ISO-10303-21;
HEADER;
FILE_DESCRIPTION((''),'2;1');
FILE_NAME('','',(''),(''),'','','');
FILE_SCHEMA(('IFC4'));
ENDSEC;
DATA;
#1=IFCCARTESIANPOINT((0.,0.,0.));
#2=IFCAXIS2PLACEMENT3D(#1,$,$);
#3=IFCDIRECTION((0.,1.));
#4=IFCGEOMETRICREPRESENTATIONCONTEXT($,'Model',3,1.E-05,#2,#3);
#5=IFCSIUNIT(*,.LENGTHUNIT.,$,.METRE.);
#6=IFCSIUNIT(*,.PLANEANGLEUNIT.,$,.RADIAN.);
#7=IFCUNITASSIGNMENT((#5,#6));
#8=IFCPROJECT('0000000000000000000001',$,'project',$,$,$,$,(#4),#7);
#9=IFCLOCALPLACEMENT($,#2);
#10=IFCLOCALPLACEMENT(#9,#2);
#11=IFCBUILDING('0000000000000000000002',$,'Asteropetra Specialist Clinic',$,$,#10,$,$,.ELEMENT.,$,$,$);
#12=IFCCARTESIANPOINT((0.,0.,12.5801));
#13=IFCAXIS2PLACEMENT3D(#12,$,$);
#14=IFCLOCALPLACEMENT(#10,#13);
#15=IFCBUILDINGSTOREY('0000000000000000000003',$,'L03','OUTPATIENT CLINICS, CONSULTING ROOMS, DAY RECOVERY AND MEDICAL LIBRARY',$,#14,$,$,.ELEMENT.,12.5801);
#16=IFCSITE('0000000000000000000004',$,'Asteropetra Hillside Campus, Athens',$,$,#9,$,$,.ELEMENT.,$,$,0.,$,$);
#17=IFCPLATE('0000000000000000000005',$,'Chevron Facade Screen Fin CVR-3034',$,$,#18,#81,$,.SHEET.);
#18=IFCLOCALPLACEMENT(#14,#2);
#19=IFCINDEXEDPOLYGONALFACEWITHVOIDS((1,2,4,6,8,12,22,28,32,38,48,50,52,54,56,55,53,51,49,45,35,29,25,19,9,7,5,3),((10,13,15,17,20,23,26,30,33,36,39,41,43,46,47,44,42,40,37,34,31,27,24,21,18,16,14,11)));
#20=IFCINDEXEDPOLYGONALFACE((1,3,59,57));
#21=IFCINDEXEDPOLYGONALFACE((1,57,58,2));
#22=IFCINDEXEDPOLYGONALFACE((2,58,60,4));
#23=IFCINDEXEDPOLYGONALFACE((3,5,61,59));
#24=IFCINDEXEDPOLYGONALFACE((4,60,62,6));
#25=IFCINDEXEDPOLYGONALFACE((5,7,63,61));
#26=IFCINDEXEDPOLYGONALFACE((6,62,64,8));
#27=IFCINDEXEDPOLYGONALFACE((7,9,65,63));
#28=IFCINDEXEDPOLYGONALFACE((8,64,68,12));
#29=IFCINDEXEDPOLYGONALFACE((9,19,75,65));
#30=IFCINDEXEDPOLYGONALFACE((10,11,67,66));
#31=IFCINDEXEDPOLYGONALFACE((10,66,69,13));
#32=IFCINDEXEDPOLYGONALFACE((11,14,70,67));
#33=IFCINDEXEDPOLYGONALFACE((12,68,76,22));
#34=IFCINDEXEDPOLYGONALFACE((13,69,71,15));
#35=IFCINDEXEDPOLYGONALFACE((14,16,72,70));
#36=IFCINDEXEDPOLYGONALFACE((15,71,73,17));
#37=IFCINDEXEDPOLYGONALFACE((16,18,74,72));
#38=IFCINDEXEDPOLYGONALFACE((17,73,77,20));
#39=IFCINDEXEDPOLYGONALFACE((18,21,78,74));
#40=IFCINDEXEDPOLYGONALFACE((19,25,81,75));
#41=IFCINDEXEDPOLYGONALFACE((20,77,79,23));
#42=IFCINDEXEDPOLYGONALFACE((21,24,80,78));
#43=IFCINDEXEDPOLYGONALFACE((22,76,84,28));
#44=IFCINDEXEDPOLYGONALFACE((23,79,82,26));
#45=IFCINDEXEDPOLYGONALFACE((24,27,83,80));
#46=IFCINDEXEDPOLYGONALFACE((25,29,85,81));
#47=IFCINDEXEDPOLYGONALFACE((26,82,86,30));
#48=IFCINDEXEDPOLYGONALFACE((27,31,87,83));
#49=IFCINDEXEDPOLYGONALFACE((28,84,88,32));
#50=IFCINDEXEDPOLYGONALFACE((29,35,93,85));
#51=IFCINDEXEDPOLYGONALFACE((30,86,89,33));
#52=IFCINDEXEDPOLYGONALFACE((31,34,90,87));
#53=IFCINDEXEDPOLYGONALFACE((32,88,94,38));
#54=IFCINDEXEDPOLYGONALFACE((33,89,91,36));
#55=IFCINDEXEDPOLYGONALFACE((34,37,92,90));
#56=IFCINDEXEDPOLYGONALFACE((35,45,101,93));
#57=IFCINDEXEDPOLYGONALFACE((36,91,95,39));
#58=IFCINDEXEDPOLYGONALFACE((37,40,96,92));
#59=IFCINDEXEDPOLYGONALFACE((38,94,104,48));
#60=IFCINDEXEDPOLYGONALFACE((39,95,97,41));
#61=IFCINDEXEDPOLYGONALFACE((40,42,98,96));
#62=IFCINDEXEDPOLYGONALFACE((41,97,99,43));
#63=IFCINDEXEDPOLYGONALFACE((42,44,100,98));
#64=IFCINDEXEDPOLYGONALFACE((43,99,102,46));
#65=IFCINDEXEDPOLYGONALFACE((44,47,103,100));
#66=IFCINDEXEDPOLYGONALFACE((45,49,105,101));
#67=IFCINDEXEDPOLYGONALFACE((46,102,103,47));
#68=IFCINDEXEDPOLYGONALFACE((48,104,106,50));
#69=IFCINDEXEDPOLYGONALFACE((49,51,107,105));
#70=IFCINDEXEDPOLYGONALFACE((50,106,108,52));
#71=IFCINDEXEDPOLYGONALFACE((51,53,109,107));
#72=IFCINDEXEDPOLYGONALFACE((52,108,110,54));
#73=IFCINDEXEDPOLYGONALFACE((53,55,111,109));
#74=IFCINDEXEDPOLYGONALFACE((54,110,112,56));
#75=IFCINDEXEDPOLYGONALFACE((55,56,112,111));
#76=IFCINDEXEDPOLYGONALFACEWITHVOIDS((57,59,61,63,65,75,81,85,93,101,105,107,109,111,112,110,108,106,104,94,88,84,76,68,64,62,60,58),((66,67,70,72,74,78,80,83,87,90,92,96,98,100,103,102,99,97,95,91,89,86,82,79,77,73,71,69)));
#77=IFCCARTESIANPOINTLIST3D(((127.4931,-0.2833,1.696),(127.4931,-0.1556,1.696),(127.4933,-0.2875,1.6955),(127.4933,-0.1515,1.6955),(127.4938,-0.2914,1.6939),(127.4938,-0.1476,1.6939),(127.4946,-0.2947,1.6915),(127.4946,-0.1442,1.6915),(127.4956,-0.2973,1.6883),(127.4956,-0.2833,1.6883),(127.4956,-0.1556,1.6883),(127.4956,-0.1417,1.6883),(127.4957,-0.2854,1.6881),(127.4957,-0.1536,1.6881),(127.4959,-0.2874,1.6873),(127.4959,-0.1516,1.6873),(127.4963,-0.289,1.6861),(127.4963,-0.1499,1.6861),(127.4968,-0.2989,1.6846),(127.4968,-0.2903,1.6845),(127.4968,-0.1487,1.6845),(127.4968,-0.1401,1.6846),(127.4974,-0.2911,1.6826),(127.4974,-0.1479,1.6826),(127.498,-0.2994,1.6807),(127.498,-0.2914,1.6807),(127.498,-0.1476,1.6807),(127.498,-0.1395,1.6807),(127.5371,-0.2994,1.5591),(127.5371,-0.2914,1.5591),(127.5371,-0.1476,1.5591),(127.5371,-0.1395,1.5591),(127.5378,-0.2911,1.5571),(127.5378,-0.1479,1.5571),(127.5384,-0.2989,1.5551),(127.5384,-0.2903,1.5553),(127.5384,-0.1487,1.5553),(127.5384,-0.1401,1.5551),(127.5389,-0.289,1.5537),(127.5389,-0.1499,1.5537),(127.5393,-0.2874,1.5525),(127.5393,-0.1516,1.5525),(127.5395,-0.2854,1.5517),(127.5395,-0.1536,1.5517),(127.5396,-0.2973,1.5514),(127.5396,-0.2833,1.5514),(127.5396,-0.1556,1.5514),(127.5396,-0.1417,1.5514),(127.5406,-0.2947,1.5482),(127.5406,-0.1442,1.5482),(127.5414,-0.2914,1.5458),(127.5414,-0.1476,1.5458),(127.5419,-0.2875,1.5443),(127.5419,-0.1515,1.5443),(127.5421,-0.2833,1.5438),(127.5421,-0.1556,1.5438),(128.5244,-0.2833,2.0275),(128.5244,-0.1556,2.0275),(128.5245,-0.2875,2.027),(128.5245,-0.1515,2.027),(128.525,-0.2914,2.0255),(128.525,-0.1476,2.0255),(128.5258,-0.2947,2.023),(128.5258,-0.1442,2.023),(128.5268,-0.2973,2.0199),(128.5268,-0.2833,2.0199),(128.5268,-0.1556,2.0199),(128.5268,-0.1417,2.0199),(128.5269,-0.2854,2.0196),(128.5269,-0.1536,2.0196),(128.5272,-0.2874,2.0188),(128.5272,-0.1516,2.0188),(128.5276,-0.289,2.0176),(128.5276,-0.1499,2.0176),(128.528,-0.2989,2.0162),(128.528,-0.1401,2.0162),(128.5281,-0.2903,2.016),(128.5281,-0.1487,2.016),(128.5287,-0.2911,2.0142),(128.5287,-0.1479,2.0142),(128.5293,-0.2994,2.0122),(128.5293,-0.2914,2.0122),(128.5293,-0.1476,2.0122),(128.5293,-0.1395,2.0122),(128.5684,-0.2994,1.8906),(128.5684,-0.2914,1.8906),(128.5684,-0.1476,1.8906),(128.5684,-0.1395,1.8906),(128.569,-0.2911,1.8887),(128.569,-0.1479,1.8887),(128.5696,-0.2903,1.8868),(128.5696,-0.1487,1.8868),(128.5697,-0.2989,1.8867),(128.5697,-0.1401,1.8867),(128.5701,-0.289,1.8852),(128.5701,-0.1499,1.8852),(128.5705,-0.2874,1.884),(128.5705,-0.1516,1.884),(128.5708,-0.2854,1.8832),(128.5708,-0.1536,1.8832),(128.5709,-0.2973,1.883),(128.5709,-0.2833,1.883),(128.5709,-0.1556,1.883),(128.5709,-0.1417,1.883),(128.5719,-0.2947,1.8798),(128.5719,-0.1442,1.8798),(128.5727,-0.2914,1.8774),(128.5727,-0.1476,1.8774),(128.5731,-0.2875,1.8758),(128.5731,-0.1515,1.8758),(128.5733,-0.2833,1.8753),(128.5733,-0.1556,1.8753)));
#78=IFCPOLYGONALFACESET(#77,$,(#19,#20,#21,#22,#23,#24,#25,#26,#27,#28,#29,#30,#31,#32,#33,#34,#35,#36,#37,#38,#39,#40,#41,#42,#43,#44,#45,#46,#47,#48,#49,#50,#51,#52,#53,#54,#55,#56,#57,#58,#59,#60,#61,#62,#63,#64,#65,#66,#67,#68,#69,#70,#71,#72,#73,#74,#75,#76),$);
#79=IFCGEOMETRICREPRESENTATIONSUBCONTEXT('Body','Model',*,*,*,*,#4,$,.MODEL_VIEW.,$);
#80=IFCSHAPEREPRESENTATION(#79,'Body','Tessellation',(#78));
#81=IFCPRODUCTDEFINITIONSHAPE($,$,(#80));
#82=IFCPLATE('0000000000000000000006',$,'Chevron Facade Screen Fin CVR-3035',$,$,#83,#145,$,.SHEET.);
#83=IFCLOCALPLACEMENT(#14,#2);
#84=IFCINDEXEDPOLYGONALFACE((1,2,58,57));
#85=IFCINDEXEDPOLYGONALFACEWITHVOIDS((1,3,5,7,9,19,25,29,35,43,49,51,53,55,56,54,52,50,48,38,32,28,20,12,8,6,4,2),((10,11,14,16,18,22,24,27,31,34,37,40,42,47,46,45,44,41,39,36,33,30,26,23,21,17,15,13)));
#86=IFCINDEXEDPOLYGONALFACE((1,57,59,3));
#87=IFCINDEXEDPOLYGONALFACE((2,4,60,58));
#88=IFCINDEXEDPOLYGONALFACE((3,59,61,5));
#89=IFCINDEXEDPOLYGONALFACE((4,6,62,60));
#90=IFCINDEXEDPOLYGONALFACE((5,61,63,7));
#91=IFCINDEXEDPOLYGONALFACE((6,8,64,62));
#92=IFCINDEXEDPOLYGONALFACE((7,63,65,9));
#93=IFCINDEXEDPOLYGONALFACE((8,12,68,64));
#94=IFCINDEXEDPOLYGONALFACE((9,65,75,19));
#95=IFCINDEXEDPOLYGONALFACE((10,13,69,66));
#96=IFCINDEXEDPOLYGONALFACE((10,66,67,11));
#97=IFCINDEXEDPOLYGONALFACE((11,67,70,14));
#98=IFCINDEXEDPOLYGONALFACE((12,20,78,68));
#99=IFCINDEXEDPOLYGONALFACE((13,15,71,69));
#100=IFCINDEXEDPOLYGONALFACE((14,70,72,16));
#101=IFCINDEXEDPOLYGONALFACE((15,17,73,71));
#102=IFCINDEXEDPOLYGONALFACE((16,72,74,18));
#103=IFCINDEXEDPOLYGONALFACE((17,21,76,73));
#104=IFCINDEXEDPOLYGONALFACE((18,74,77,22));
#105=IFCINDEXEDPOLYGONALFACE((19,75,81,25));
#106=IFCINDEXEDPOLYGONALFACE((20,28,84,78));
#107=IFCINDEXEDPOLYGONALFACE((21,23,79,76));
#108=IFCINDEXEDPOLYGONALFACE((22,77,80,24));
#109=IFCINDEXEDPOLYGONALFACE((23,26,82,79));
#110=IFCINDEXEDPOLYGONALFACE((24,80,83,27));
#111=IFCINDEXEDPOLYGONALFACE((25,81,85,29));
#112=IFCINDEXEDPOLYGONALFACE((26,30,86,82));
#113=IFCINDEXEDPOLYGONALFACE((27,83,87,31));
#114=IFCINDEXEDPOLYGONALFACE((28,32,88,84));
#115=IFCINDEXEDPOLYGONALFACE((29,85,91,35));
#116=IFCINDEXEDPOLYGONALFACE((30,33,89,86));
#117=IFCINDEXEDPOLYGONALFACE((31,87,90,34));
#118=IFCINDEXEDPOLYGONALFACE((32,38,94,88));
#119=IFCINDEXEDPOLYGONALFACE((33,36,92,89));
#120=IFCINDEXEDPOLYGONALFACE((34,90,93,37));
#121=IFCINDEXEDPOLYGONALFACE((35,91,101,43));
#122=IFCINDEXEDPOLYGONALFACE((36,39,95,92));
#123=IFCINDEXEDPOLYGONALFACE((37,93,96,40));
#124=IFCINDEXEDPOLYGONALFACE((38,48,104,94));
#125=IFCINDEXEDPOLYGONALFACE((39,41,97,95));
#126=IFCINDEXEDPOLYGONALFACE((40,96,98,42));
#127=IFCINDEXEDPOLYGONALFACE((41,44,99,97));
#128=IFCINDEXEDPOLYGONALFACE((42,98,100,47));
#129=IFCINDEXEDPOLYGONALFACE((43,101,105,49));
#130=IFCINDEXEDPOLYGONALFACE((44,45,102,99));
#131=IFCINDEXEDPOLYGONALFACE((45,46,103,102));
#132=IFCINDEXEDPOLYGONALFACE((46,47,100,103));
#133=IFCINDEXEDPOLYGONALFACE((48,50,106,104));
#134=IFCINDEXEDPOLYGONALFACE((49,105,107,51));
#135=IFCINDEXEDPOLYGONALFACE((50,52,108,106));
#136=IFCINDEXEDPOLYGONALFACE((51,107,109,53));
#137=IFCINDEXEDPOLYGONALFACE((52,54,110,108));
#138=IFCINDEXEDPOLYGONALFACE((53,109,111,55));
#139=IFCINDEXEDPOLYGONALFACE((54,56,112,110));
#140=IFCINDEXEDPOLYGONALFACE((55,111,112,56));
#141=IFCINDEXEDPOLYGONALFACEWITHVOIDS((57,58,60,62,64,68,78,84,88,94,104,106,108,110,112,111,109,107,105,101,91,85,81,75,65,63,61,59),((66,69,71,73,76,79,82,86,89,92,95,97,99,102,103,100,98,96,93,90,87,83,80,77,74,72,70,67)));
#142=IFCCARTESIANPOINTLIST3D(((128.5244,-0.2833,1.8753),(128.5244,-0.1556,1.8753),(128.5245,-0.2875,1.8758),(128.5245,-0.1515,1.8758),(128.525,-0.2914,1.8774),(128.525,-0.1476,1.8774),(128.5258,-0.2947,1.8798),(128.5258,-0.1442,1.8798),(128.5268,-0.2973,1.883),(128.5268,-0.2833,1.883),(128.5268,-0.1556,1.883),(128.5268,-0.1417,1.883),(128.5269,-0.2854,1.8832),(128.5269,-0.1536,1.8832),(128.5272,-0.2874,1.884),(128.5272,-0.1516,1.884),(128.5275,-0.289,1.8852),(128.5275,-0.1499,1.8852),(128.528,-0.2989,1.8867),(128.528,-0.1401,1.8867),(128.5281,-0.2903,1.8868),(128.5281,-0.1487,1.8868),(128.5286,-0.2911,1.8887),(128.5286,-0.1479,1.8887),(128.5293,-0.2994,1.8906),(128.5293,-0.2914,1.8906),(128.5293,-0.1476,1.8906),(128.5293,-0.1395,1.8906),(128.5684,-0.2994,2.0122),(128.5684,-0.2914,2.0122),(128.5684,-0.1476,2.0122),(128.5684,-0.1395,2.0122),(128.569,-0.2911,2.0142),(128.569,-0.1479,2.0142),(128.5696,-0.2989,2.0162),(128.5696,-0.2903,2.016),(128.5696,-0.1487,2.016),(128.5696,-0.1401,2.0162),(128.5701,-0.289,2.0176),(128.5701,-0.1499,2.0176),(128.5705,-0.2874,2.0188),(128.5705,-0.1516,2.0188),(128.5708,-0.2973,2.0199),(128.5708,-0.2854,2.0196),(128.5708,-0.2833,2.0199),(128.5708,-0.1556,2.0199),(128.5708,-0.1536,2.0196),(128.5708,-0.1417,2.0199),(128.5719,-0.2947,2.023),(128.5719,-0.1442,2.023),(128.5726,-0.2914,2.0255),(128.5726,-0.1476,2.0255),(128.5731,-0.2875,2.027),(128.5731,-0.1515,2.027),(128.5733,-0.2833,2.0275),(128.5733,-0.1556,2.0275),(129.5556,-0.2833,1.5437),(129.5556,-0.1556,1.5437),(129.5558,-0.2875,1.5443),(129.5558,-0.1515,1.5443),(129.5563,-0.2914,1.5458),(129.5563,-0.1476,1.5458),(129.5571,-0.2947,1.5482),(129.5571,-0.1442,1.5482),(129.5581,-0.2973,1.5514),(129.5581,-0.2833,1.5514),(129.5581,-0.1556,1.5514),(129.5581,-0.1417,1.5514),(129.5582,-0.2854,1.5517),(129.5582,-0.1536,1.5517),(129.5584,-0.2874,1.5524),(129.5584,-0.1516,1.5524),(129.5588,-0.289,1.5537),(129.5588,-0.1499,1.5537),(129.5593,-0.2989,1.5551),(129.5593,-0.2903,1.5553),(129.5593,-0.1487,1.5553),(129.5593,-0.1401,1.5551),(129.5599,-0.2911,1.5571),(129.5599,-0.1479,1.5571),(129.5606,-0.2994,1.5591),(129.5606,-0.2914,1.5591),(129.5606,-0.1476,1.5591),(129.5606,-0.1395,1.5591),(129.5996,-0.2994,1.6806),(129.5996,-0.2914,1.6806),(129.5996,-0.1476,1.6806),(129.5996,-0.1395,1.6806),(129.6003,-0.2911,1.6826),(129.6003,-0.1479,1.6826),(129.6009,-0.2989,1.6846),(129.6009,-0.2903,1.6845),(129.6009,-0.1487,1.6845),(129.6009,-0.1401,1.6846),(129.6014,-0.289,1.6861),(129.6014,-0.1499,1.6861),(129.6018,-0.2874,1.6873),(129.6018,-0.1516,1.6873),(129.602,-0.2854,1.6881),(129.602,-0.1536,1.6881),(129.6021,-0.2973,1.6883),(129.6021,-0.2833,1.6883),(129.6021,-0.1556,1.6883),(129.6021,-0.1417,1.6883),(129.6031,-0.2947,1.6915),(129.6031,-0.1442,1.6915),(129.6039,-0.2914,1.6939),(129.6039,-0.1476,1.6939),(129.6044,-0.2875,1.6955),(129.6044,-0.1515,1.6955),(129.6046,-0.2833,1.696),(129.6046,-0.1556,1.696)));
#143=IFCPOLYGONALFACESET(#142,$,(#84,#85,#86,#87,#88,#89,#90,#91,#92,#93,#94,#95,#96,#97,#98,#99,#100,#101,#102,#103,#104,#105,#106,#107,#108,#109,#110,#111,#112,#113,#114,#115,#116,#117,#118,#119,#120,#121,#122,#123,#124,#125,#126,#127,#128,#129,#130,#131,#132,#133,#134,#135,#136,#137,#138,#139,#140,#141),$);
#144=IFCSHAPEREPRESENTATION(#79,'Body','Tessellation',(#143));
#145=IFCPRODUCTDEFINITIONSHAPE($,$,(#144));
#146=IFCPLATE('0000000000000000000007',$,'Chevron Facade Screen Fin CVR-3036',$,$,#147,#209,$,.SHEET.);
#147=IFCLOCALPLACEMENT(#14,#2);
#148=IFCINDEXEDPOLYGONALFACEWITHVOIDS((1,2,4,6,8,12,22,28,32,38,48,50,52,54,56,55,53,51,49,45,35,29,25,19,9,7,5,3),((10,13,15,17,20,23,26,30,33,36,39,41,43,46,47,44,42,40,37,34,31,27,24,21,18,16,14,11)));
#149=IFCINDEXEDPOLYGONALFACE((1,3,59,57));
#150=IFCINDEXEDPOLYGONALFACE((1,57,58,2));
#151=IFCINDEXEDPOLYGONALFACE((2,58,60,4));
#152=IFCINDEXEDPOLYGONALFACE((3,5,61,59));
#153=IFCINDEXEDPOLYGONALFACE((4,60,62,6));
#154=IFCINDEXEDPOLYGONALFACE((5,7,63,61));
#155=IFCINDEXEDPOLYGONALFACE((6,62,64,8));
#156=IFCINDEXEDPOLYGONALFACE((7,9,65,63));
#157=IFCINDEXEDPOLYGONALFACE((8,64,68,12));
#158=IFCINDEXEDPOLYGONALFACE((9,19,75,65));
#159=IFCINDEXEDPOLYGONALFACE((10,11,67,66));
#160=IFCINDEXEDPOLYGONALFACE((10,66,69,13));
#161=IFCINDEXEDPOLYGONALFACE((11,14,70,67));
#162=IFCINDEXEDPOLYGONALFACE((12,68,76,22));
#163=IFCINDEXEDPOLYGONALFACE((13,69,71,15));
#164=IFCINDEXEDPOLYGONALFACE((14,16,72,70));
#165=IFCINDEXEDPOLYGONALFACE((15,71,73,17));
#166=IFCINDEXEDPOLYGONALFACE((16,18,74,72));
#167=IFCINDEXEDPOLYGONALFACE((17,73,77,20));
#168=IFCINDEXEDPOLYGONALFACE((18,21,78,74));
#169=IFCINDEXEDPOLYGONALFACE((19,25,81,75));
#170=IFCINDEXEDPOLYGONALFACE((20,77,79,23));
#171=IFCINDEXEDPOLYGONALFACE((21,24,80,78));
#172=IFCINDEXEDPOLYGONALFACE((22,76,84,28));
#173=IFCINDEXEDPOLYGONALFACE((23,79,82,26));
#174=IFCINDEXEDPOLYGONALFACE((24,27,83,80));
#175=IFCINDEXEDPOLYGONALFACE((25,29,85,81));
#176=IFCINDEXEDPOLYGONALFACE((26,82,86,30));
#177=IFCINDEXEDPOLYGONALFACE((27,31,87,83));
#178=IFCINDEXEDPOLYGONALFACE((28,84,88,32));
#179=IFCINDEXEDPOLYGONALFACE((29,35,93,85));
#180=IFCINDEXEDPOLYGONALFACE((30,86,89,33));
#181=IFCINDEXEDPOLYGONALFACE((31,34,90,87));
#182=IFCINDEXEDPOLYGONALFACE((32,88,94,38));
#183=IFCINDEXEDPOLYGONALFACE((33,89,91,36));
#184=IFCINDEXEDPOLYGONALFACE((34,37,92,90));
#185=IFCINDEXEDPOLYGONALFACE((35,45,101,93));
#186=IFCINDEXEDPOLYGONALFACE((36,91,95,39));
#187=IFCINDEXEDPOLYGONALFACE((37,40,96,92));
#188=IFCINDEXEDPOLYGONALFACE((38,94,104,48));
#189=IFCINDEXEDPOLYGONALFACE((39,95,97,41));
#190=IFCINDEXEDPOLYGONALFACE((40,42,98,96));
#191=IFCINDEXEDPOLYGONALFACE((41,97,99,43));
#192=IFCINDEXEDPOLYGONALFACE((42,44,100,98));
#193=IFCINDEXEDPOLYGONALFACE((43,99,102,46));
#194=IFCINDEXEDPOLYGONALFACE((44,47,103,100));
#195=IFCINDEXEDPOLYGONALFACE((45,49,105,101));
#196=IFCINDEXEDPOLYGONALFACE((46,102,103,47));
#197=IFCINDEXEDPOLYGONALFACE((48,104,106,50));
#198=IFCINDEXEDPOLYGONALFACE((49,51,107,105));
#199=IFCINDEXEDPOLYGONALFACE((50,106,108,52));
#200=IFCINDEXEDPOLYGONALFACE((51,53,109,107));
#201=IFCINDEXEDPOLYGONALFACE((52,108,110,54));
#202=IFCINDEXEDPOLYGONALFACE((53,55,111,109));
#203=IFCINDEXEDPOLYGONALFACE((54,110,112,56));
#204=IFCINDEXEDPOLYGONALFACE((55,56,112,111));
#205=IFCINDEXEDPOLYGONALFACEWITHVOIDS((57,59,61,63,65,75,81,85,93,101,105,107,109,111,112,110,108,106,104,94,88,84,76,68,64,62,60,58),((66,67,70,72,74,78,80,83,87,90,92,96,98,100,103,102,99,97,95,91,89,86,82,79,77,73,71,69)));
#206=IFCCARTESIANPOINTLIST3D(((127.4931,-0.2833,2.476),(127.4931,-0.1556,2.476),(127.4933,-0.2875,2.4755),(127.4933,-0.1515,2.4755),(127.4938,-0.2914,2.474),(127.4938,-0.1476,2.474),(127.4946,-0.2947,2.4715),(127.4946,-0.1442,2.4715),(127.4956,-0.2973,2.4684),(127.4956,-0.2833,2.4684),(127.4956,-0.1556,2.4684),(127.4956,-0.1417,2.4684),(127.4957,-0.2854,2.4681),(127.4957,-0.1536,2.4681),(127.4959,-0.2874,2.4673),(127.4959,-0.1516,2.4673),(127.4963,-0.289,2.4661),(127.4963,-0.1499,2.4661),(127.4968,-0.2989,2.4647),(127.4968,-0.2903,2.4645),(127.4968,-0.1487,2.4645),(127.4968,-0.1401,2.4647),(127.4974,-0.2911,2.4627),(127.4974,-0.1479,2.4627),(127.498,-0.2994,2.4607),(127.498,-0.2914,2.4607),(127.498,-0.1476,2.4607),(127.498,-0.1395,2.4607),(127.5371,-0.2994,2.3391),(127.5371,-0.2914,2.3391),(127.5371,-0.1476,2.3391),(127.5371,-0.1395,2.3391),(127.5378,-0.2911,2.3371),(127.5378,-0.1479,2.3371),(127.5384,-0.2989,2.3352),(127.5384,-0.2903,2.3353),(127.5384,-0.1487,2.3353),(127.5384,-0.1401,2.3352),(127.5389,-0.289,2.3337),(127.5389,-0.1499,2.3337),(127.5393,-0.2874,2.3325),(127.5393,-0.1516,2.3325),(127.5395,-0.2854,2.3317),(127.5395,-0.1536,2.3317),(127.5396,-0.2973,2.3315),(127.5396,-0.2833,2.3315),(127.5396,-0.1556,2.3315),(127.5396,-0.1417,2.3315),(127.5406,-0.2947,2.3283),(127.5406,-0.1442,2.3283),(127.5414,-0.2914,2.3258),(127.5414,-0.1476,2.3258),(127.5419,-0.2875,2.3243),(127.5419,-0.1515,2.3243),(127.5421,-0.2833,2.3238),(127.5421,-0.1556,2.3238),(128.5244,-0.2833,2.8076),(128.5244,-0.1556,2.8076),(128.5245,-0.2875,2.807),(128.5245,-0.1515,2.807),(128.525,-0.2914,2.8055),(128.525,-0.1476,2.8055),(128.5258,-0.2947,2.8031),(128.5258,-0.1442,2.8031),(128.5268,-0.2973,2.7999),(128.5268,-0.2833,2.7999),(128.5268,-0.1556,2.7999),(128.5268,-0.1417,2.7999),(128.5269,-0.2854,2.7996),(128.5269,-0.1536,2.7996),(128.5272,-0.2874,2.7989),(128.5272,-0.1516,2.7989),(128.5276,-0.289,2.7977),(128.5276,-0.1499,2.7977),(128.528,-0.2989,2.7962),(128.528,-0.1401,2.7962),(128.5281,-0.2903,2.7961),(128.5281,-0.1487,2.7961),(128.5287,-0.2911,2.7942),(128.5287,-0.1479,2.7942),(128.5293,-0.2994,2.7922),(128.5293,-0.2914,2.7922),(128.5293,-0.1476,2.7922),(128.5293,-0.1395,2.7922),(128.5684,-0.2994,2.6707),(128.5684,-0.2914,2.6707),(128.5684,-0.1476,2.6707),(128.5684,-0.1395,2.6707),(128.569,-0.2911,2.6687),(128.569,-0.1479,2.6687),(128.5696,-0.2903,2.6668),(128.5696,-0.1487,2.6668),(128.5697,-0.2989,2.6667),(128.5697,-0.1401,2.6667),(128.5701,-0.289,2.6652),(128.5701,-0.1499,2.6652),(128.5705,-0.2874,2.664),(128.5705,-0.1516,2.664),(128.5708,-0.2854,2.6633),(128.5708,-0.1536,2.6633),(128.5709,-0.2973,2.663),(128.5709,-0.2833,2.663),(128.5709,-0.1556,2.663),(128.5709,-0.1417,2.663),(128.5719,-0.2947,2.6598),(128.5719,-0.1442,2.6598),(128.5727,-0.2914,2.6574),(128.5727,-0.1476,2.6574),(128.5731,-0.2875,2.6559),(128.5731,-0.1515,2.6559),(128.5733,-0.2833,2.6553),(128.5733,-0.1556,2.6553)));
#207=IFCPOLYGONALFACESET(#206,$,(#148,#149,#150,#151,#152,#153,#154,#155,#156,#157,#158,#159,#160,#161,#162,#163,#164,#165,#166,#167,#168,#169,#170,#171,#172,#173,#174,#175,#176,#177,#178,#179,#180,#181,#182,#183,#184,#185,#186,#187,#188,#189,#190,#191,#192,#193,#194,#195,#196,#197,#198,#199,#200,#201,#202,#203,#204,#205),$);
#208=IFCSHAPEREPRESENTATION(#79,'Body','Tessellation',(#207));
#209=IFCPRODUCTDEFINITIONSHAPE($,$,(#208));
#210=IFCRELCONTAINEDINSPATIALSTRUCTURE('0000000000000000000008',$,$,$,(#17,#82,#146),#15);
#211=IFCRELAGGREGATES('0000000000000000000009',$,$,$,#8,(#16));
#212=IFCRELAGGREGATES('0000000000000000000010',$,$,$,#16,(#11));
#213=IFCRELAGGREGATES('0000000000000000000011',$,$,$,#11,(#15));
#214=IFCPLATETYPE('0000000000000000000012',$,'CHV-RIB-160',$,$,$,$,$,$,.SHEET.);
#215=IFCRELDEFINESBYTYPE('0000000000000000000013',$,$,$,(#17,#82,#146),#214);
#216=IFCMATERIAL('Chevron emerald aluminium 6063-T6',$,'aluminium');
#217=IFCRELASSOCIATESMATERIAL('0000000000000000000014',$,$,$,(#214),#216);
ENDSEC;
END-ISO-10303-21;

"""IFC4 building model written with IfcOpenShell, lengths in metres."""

from ifc_helpers import new_model, si_unit, direction, frame, origin, origin_2d, place, context, subcontext, project, spatial, hollow_rectangle, extrude, material, material_profile, profile_set, type_object, element, save


model = new_model("IFC4")

# Units and contexts
model_context = context("Model", 3, precision=1e-05, world=origin(), true_north=direction((0.0, 1.0)))
body_context = subcontext(model_context, "Body", "Model", "MODEL_VIEW")
ifc_project = project(units=[si_unit("LENGTHUNIT", "METRE"), si_unit("PLANEANGLEUNIT", "RADIAN")], contexts=[model_context])

# Site, building, storey
site_placement = place(None, origin())
site = spatial("IfcSite", under=ifc_project, at=site_placement, Name="Asteropetra Hillside Campus, Athens", CompositionType="ELEMENT", RefElevation=0.0)
building_placement = place(site_placement, origin())
building = spatial("IfcBuilding", under=site, at=building_placement, Name="Asteropetra Specialist Clinic", CompositionType="ELEMENT")
storey_placement = place(building_placement, frame((0.0, 0.0, 12.5801)))
storey = spatial("IfcBuildingStorey", under=building, at=storey_placement, Name="L03", Description="OUTPATIENT CLINICS, CONSULTING ROOMS, DAY RECOVERY AND MEDICAL LIBRARY", CompositionType="ELEMENT", Elevation=12.5801)

# Plates
ifc_material_1 = material(Name="Chevron emerald aluminium 6063-T6", Category="aluminium")
ifc_material_profile_1 = material_profile(ifc_material_1, hollow_rectangle(XDim=0.1599, YDim=0.1599, WallThickness=0.0081, InnerFilletRadius=0.0081, OuterFilletRadius=0.0161, at=origin_2d()), Name="SHS 160x160x8.0")
ifc_profile_set_1 = profile_set([ifc_material_profile_1], Name="Chevron emerald aluminium 6063-T6")
plate_type_1 = type_object("IfcPlateType", Name="CHV-RIB-160", PredefinedType="SHEET", material=ifc_profile_set_1)
for number, where, z_axis, x_axis, name in (
    (1, (127.5176, -0.2195, 1.6199), (0.95201, 0.0, 0.306068), (0.0, 1.0, 0.0), "Chevron Facade Screen Fin CVR-3034"),
    (2, (128.5488, -0.2195, 1.9514), (0.95201, 0.0, -0.306068), (0.0, 1.0, 0.0), "Chevron Facade Screen Fin CVR-3035"),
    (3, (127.5176, -0.2195, 2.3999), (0.95201, 0.0, 0.306068), (0.0, 1.0, 0.0), "Chevron Facade Screen Fin CVR-3036"),
):
    element("IfcPlate", number, at=place(storey_placement, frame(where, z_axis=z_axis, x_axis=x_axis)), inside=storey, type_object=plate_type_1, Name=name, PredefinedType="SHEET", context=body_context, shape_type="SweptSolid", body=[
        extrude(hollow_rectangle(XDim=0.1599, YDim=0.1599, WallThickness=0.0081, InnerFilletRadius=0.0081, OuterFilletRadius=0.0161, at=origin_2d()), origin(), (0.0, 0.0, 1.0), 1.0833),
    ])

save(model, "model.ifc")
